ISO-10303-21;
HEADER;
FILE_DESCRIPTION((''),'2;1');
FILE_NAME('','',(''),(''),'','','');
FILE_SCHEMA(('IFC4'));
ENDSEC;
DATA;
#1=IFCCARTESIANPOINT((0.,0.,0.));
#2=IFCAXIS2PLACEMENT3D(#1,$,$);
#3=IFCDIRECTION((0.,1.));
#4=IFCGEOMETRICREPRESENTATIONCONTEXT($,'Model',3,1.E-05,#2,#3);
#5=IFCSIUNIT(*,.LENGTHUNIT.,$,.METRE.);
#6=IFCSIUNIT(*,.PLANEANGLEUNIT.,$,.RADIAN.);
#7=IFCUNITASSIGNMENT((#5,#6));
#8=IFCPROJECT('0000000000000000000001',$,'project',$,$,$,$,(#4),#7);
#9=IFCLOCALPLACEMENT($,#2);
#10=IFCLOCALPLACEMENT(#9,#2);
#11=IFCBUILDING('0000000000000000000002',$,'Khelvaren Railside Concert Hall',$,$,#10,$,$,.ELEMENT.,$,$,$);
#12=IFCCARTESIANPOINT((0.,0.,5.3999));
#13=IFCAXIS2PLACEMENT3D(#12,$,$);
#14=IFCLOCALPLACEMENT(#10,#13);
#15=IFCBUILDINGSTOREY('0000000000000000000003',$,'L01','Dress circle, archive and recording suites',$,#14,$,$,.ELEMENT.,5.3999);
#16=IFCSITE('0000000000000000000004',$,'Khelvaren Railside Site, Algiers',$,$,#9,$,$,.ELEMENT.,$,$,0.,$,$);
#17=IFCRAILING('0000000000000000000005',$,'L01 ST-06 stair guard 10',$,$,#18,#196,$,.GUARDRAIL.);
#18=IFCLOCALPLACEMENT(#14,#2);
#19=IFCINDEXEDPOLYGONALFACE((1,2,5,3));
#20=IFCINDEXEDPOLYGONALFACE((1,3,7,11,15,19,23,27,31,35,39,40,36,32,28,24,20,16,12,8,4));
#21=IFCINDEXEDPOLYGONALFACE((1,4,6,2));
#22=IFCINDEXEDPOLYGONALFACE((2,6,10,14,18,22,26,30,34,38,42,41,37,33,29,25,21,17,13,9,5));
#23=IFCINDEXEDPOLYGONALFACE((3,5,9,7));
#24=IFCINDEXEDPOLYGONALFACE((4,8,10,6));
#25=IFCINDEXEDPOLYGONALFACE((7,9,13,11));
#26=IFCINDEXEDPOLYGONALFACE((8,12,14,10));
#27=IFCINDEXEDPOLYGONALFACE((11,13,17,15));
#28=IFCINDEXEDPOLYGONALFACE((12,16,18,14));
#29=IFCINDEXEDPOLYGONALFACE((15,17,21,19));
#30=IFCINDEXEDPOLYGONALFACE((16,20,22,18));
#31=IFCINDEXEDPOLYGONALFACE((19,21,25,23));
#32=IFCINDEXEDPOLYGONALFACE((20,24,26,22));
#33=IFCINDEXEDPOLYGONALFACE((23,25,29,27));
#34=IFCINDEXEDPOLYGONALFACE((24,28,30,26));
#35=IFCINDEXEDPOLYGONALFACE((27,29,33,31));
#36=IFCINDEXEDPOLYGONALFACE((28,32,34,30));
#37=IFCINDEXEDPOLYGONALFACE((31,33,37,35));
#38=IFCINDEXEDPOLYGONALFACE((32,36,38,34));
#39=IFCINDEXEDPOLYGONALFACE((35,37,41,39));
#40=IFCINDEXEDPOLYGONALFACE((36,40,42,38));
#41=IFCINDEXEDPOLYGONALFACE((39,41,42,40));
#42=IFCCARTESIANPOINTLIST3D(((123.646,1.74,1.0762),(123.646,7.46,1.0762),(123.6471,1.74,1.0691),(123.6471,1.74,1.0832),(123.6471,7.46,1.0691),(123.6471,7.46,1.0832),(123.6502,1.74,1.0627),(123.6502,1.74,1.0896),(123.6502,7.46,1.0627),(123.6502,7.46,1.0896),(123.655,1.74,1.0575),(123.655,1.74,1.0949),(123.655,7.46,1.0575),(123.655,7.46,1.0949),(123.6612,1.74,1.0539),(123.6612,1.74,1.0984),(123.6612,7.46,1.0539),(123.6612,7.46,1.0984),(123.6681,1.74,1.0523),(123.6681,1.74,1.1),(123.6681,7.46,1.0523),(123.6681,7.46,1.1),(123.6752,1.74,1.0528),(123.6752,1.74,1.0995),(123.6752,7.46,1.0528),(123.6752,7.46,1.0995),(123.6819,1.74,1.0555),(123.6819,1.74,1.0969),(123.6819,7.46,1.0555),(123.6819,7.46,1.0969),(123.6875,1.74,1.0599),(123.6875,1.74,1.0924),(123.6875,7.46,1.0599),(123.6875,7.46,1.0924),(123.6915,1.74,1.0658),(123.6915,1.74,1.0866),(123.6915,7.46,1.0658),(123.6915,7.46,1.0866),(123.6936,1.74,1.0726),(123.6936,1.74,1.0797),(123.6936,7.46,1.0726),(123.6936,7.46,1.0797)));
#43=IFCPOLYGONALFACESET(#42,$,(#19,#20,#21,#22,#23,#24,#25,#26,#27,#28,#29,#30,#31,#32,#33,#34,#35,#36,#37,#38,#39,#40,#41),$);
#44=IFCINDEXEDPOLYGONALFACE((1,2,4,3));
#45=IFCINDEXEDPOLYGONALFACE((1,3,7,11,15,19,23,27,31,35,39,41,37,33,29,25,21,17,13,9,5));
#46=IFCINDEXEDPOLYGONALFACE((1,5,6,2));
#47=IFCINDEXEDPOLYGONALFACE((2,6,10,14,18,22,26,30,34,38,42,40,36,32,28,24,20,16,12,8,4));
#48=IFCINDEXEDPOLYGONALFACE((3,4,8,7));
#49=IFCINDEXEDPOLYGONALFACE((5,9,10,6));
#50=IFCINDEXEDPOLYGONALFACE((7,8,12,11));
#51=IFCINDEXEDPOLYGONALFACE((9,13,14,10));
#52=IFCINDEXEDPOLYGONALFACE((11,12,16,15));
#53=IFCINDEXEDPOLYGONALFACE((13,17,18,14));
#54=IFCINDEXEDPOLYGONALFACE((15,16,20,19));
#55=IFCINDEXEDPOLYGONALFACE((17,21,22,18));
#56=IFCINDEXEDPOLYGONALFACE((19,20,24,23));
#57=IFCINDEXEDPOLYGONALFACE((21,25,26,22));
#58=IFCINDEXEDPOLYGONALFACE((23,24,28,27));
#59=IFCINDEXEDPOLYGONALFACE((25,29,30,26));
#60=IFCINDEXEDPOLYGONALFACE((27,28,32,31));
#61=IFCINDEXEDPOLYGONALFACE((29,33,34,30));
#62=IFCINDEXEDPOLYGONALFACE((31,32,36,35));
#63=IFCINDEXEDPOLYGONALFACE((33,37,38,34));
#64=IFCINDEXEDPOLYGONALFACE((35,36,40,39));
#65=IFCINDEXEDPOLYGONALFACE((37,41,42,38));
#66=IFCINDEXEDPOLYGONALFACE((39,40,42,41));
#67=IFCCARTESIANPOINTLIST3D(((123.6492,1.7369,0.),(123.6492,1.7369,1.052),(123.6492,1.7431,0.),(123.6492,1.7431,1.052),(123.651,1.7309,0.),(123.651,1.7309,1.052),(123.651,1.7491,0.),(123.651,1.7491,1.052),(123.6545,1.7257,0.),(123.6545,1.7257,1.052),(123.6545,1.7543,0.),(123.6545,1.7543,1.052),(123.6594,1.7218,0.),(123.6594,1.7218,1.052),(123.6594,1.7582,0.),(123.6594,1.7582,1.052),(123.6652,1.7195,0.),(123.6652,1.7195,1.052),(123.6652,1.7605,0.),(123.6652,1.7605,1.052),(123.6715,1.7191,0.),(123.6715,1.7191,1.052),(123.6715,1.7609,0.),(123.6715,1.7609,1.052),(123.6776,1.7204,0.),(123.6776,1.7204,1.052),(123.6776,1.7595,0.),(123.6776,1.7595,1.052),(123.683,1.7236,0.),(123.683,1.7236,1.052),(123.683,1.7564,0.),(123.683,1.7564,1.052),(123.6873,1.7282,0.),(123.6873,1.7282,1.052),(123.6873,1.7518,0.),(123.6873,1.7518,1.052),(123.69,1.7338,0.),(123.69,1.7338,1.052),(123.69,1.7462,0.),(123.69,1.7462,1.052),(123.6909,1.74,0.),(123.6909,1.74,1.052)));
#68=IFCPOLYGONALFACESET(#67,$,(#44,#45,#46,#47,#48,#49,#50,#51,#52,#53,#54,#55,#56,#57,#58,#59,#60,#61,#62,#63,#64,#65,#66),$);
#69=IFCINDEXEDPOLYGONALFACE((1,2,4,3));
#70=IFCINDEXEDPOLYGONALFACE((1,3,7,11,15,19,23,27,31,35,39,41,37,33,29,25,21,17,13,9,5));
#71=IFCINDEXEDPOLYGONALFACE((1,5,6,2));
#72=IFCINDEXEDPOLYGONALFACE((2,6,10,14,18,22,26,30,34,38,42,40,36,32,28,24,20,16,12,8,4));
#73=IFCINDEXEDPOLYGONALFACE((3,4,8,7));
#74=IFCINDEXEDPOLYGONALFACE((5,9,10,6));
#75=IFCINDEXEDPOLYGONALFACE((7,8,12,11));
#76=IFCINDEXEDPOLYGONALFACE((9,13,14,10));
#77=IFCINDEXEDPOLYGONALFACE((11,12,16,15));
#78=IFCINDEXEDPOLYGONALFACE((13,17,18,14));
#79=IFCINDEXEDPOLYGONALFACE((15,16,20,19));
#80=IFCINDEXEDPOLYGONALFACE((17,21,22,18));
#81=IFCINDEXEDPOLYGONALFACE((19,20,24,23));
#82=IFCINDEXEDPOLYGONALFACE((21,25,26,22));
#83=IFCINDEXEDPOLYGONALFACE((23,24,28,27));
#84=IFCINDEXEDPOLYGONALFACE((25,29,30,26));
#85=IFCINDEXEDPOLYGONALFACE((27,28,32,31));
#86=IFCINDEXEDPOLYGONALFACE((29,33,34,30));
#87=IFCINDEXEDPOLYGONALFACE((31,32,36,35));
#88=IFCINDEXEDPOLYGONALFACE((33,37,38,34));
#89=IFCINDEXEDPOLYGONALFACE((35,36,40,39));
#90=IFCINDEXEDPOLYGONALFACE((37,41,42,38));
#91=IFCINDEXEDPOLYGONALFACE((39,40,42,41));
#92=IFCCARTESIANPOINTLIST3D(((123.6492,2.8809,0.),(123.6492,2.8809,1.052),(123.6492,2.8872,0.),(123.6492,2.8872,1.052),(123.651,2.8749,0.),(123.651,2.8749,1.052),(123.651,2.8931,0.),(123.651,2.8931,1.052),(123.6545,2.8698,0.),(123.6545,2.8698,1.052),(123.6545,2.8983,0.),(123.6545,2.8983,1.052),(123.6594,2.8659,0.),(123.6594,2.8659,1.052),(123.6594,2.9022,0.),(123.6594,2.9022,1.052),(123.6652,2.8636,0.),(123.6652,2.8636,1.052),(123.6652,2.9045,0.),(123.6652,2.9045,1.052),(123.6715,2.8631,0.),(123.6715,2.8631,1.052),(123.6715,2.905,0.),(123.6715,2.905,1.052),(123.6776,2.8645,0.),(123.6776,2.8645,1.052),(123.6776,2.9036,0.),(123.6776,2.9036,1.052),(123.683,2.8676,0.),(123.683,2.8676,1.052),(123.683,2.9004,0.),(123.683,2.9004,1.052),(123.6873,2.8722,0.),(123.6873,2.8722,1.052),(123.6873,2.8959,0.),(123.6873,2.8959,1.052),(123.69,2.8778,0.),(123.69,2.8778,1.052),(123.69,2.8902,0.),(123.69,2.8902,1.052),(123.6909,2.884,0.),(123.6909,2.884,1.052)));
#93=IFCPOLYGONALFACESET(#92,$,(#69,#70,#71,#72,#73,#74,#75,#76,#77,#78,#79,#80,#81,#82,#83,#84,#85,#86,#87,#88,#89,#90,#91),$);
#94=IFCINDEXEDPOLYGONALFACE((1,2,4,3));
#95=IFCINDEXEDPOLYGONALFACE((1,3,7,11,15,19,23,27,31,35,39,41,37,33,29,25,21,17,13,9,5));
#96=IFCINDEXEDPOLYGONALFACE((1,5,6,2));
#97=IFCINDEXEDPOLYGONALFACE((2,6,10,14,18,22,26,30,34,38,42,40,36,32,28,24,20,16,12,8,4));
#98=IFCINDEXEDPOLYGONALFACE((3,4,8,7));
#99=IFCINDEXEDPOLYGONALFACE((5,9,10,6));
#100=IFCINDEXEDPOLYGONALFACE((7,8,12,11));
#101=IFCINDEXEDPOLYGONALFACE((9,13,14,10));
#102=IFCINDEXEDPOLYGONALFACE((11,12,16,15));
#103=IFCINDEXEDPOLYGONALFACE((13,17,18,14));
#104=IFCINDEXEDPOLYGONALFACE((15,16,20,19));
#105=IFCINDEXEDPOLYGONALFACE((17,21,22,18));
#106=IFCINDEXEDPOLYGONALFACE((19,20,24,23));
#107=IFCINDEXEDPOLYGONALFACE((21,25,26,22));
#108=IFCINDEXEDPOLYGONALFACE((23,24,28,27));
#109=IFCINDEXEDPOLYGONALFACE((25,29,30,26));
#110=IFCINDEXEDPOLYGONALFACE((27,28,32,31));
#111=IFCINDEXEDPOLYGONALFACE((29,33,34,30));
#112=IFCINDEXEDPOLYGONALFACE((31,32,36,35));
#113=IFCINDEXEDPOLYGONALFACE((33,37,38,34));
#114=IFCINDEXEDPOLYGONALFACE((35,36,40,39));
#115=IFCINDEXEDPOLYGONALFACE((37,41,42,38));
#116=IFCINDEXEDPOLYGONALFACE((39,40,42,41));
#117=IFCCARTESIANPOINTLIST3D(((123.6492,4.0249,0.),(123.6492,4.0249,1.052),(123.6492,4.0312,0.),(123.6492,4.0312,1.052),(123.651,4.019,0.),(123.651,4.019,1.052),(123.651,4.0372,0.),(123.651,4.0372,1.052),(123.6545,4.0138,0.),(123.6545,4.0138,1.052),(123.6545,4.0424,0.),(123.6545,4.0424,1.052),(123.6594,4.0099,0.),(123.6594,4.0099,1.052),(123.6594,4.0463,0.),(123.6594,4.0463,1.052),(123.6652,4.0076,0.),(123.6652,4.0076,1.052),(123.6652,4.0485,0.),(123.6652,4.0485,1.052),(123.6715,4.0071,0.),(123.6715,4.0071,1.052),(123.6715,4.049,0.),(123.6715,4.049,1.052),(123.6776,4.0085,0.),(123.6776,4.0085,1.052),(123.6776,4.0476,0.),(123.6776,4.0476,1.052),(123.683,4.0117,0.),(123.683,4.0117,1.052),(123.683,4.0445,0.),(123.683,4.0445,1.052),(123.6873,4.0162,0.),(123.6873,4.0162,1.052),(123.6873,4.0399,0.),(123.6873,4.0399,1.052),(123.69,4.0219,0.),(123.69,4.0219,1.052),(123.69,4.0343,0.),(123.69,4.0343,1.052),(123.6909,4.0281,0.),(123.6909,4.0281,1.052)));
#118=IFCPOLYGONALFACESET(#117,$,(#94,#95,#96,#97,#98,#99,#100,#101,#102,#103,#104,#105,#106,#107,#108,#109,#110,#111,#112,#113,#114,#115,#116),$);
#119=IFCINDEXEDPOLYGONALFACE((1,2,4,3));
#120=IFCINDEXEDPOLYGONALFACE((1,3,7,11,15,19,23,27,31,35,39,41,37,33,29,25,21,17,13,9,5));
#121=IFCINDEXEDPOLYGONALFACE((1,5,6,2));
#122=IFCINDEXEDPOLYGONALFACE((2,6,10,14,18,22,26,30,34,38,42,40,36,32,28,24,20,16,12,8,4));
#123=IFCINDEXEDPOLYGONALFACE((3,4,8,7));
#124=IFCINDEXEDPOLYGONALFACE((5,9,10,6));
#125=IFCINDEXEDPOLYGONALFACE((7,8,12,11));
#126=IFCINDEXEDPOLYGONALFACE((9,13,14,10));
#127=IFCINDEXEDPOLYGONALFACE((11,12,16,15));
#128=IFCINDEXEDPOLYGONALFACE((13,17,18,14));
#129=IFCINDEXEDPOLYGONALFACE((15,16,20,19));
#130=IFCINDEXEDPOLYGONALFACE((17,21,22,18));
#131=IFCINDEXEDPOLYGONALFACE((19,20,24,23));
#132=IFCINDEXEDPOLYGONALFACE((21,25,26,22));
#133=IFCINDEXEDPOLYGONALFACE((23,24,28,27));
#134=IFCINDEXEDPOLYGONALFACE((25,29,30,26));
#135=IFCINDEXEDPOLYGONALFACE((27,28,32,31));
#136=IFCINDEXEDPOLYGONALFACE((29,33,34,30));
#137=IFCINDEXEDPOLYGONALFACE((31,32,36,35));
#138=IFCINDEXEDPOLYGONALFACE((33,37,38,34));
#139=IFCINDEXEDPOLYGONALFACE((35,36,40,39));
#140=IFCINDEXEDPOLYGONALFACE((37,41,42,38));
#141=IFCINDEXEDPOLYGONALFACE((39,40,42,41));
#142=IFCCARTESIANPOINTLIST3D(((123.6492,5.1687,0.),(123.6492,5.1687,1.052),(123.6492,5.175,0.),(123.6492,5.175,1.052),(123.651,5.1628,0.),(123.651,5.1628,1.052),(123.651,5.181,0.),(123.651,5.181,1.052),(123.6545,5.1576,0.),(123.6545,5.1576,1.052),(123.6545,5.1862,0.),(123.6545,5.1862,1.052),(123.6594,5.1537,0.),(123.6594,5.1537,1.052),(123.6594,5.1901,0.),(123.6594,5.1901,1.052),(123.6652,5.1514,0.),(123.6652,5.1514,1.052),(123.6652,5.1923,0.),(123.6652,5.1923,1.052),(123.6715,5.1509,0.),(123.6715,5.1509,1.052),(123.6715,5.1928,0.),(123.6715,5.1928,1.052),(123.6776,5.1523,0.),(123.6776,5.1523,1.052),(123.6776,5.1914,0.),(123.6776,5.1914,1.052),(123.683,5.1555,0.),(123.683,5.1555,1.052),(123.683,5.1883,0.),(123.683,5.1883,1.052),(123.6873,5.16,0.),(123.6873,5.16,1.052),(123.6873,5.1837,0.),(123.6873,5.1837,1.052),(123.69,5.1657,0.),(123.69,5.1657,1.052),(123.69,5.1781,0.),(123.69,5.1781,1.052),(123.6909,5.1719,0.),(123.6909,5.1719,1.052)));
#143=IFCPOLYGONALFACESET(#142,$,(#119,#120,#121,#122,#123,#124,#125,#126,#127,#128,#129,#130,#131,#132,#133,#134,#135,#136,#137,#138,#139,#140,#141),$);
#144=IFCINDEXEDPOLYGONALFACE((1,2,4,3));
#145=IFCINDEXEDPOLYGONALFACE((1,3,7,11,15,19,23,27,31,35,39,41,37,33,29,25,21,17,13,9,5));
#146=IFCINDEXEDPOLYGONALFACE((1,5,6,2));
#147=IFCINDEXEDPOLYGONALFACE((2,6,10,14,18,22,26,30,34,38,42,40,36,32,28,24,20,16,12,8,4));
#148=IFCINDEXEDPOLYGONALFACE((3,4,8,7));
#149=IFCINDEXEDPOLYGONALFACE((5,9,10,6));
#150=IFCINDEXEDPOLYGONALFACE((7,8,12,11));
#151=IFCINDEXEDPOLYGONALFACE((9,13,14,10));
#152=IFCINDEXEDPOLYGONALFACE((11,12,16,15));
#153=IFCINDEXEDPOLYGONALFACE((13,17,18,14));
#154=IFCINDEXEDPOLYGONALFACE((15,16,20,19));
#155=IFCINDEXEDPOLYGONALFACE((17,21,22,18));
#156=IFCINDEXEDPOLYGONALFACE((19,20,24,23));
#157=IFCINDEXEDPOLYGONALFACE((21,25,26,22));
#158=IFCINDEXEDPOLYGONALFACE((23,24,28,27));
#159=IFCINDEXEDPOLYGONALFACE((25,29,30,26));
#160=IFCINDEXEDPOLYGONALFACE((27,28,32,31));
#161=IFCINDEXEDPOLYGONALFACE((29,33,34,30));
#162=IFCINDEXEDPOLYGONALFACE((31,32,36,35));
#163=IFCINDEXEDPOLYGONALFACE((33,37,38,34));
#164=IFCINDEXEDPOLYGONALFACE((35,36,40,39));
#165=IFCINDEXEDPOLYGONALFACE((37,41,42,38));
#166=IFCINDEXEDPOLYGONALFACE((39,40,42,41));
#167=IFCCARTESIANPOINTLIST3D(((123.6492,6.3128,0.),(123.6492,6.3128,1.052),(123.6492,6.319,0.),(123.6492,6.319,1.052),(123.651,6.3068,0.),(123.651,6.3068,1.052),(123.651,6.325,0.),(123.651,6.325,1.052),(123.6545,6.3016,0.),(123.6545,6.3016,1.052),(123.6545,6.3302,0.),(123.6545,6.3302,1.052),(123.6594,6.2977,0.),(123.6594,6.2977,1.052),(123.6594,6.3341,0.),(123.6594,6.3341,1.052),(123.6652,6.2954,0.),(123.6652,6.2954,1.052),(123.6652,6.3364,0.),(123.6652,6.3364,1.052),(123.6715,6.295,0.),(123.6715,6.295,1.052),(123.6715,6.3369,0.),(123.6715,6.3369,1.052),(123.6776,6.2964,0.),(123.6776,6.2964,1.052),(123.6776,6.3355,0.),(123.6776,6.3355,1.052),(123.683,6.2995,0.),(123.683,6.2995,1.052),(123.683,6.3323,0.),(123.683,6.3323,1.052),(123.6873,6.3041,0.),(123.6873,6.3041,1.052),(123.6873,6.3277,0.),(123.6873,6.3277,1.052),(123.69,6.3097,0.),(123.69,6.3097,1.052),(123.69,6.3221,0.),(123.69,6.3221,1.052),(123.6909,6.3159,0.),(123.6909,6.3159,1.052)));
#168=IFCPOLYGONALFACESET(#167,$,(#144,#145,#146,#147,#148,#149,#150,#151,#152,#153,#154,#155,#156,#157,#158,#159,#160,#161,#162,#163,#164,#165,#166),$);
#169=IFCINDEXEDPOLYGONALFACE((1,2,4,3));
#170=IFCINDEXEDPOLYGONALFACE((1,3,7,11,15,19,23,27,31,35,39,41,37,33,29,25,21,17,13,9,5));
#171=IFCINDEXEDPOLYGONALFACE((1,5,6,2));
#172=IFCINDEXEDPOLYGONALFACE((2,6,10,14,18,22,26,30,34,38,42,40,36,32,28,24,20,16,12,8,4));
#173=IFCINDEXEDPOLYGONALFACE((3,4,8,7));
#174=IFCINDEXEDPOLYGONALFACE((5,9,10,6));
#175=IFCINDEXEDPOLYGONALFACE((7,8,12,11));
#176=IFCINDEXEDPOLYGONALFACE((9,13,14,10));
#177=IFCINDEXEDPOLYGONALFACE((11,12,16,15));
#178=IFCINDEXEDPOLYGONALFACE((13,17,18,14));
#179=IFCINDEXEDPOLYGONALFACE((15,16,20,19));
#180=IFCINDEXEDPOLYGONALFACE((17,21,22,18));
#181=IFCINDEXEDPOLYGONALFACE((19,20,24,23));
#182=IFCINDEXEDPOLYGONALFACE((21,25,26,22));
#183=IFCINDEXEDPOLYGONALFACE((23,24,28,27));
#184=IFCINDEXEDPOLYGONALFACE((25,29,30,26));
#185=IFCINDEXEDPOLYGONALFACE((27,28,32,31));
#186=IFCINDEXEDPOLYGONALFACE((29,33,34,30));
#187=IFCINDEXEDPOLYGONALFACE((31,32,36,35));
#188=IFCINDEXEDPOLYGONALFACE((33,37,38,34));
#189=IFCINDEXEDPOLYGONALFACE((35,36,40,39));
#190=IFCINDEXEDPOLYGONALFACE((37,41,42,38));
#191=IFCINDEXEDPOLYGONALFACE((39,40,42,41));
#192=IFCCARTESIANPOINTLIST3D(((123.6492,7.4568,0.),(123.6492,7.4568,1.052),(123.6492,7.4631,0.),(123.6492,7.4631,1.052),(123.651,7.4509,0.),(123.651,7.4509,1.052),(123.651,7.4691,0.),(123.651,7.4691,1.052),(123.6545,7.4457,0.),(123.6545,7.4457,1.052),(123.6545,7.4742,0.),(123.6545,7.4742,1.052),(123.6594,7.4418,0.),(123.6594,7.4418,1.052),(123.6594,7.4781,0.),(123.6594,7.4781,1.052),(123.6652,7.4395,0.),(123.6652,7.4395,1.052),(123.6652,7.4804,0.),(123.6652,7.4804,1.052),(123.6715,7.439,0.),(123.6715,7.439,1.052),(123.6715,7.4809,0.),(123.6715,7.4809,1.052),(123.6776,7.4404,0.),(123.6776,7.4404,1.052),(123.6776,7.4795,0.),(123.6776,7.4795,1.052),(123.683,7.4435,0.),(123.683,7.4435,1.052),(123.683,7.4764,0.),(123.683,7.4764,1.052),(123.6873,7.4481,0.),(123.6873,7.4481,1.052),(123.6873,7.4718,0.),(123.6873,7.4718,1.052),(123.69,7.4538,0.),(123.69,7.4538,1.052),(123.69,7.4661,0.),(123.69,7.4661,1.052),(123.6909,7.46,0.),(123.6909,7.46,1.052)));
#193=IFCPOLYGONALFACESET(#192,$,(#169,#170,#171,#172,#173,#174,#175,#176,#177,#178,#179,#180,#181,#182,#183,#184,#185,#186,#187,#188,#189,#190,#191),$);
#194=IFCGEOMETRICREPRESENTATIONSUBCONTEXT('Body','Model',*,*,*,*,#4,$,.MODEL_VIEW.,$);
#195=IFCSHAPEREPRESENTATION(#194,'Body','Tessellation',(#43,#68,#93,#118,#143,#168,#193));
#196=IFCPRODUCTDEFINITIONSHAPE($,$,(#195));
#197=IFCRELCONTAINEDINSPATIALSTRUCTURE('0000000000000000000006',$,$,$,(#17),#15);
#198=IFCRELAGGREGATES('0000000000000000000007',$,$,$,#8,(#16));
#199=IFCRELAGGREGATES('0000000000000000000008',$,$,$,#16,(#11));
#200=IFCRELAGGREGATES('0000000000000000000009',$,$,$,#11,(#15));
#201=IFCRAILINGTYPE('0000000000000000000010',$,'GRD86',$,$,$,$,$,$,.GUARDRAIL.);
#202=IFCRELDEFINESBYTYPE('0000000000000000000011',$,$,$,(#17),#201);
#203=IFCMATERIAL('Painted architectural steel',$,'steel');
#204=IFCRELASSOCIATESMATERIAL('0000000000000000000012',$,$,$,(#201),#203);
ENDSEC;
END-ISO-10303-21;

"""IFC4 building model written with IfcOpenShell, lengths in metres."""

from ifc_helpers import new_model, si_unit, direction, frame, origin, origin_2d, place, context, subcontext, project, spatial, circle, extrude, material, type_object, element, save


model = new_model("IFC4")

# Units and contexts
model_context = context("Model", 3, precision=1e-05, world=origin(), true_north=direction((0.0, 1.0)))
body_context = subcontext(model_context, "Body", "Model", "MODEL_VIEW")
ifc_project = project(units=[si_unit("LENGTHUNIT", "METRE"), si_unit("PLANEANGLEUNIT", "RADIAN")], contexts=[model_context])

# Site, building, storey
site_placement = place(None, origin())
site = spatial("IfcSite", under=ifc_project, at=site_placement, Name="Khelvaren Railside Site, Algiers", CompositionType="ELEMENT", RefElevation=0.0)
building_placement = place(site_placement, origin())
building = spatial("IfcBuilding", under=site, at=building_placement, Name="Khelvaren Railside Concert Hall", CompositionType="ELEMENT")
storey_placement = place(building_placement, frame((0.0, 0.0, 5.3999)))
storey = spatial("IfcBuildingStorey", under=building, at=storey_placement, Name="L01", Description="Dress circle, archive and recording suites", CompositionType="ELEMENT", Elevation=5.3999)

# Railing
ifc_material_1 = material(Name="Painted architectural steel", Category="steel")
railing_type_1 = type_object("IfcRailingType", Name="GRD86", PredefinedType="GUARDRAIL", material=ifc_material_1)
railing_1_placement = place(storey_placement, frame((123.6699, 1.74, 0.0)))
element("IfcRailing", 1, at=railing_1_placement, inside=storey, type_object=railing_type_1, Name="L01 ST-06 stair guard 10", PredefinedType="GUARDRAIL", context=body_context, shape_type="SweptSolid", body=[
    extrude(circle(Radius=0.0239, at=origin_2d()), frame((0.0, 0.0, 1.0762), z_axis=(0.0, 1.0, 0.0), x_axis=(-1.0, 0.0, 0.0)), (0.0, 0.0, 1.0), 5.72),
    extrude(circle(Radius=0.021, at=origin_2d()), origin(), (0.0, 0.0, 1.0), 1.052),
    extrude(circle(Radius=0.021, at=origin_2d()), frame((0.0, 1.144, 0.0)), (0.0, 0.0, 1.0), 1.052),
    extrude(circle(Radius=0.021, at=origin_2d()), frame((0.0, 2.2881, 0.0)), (0.0, 0.0, 1.0), 1.052),
    extrude(circle(Radius=0.021, at=origin_2d()), frame((0.0, 3.4319, 0.0)), (0.0, 0.0, 1.0), 1.052),
    extrude(circle(Radius=0.021, at=origin_2d()), frame((0.0, 4.5759, 0.0)), (0.0, 0.0, 1.0), 1.052),
    extrude(circle(Radius=0.021, at=origin_2d()), frame((0.0, 5.72, 0.0)), (0.0, 0.0, 1.0), 1.052),
])

save(model, "model.ifc")
